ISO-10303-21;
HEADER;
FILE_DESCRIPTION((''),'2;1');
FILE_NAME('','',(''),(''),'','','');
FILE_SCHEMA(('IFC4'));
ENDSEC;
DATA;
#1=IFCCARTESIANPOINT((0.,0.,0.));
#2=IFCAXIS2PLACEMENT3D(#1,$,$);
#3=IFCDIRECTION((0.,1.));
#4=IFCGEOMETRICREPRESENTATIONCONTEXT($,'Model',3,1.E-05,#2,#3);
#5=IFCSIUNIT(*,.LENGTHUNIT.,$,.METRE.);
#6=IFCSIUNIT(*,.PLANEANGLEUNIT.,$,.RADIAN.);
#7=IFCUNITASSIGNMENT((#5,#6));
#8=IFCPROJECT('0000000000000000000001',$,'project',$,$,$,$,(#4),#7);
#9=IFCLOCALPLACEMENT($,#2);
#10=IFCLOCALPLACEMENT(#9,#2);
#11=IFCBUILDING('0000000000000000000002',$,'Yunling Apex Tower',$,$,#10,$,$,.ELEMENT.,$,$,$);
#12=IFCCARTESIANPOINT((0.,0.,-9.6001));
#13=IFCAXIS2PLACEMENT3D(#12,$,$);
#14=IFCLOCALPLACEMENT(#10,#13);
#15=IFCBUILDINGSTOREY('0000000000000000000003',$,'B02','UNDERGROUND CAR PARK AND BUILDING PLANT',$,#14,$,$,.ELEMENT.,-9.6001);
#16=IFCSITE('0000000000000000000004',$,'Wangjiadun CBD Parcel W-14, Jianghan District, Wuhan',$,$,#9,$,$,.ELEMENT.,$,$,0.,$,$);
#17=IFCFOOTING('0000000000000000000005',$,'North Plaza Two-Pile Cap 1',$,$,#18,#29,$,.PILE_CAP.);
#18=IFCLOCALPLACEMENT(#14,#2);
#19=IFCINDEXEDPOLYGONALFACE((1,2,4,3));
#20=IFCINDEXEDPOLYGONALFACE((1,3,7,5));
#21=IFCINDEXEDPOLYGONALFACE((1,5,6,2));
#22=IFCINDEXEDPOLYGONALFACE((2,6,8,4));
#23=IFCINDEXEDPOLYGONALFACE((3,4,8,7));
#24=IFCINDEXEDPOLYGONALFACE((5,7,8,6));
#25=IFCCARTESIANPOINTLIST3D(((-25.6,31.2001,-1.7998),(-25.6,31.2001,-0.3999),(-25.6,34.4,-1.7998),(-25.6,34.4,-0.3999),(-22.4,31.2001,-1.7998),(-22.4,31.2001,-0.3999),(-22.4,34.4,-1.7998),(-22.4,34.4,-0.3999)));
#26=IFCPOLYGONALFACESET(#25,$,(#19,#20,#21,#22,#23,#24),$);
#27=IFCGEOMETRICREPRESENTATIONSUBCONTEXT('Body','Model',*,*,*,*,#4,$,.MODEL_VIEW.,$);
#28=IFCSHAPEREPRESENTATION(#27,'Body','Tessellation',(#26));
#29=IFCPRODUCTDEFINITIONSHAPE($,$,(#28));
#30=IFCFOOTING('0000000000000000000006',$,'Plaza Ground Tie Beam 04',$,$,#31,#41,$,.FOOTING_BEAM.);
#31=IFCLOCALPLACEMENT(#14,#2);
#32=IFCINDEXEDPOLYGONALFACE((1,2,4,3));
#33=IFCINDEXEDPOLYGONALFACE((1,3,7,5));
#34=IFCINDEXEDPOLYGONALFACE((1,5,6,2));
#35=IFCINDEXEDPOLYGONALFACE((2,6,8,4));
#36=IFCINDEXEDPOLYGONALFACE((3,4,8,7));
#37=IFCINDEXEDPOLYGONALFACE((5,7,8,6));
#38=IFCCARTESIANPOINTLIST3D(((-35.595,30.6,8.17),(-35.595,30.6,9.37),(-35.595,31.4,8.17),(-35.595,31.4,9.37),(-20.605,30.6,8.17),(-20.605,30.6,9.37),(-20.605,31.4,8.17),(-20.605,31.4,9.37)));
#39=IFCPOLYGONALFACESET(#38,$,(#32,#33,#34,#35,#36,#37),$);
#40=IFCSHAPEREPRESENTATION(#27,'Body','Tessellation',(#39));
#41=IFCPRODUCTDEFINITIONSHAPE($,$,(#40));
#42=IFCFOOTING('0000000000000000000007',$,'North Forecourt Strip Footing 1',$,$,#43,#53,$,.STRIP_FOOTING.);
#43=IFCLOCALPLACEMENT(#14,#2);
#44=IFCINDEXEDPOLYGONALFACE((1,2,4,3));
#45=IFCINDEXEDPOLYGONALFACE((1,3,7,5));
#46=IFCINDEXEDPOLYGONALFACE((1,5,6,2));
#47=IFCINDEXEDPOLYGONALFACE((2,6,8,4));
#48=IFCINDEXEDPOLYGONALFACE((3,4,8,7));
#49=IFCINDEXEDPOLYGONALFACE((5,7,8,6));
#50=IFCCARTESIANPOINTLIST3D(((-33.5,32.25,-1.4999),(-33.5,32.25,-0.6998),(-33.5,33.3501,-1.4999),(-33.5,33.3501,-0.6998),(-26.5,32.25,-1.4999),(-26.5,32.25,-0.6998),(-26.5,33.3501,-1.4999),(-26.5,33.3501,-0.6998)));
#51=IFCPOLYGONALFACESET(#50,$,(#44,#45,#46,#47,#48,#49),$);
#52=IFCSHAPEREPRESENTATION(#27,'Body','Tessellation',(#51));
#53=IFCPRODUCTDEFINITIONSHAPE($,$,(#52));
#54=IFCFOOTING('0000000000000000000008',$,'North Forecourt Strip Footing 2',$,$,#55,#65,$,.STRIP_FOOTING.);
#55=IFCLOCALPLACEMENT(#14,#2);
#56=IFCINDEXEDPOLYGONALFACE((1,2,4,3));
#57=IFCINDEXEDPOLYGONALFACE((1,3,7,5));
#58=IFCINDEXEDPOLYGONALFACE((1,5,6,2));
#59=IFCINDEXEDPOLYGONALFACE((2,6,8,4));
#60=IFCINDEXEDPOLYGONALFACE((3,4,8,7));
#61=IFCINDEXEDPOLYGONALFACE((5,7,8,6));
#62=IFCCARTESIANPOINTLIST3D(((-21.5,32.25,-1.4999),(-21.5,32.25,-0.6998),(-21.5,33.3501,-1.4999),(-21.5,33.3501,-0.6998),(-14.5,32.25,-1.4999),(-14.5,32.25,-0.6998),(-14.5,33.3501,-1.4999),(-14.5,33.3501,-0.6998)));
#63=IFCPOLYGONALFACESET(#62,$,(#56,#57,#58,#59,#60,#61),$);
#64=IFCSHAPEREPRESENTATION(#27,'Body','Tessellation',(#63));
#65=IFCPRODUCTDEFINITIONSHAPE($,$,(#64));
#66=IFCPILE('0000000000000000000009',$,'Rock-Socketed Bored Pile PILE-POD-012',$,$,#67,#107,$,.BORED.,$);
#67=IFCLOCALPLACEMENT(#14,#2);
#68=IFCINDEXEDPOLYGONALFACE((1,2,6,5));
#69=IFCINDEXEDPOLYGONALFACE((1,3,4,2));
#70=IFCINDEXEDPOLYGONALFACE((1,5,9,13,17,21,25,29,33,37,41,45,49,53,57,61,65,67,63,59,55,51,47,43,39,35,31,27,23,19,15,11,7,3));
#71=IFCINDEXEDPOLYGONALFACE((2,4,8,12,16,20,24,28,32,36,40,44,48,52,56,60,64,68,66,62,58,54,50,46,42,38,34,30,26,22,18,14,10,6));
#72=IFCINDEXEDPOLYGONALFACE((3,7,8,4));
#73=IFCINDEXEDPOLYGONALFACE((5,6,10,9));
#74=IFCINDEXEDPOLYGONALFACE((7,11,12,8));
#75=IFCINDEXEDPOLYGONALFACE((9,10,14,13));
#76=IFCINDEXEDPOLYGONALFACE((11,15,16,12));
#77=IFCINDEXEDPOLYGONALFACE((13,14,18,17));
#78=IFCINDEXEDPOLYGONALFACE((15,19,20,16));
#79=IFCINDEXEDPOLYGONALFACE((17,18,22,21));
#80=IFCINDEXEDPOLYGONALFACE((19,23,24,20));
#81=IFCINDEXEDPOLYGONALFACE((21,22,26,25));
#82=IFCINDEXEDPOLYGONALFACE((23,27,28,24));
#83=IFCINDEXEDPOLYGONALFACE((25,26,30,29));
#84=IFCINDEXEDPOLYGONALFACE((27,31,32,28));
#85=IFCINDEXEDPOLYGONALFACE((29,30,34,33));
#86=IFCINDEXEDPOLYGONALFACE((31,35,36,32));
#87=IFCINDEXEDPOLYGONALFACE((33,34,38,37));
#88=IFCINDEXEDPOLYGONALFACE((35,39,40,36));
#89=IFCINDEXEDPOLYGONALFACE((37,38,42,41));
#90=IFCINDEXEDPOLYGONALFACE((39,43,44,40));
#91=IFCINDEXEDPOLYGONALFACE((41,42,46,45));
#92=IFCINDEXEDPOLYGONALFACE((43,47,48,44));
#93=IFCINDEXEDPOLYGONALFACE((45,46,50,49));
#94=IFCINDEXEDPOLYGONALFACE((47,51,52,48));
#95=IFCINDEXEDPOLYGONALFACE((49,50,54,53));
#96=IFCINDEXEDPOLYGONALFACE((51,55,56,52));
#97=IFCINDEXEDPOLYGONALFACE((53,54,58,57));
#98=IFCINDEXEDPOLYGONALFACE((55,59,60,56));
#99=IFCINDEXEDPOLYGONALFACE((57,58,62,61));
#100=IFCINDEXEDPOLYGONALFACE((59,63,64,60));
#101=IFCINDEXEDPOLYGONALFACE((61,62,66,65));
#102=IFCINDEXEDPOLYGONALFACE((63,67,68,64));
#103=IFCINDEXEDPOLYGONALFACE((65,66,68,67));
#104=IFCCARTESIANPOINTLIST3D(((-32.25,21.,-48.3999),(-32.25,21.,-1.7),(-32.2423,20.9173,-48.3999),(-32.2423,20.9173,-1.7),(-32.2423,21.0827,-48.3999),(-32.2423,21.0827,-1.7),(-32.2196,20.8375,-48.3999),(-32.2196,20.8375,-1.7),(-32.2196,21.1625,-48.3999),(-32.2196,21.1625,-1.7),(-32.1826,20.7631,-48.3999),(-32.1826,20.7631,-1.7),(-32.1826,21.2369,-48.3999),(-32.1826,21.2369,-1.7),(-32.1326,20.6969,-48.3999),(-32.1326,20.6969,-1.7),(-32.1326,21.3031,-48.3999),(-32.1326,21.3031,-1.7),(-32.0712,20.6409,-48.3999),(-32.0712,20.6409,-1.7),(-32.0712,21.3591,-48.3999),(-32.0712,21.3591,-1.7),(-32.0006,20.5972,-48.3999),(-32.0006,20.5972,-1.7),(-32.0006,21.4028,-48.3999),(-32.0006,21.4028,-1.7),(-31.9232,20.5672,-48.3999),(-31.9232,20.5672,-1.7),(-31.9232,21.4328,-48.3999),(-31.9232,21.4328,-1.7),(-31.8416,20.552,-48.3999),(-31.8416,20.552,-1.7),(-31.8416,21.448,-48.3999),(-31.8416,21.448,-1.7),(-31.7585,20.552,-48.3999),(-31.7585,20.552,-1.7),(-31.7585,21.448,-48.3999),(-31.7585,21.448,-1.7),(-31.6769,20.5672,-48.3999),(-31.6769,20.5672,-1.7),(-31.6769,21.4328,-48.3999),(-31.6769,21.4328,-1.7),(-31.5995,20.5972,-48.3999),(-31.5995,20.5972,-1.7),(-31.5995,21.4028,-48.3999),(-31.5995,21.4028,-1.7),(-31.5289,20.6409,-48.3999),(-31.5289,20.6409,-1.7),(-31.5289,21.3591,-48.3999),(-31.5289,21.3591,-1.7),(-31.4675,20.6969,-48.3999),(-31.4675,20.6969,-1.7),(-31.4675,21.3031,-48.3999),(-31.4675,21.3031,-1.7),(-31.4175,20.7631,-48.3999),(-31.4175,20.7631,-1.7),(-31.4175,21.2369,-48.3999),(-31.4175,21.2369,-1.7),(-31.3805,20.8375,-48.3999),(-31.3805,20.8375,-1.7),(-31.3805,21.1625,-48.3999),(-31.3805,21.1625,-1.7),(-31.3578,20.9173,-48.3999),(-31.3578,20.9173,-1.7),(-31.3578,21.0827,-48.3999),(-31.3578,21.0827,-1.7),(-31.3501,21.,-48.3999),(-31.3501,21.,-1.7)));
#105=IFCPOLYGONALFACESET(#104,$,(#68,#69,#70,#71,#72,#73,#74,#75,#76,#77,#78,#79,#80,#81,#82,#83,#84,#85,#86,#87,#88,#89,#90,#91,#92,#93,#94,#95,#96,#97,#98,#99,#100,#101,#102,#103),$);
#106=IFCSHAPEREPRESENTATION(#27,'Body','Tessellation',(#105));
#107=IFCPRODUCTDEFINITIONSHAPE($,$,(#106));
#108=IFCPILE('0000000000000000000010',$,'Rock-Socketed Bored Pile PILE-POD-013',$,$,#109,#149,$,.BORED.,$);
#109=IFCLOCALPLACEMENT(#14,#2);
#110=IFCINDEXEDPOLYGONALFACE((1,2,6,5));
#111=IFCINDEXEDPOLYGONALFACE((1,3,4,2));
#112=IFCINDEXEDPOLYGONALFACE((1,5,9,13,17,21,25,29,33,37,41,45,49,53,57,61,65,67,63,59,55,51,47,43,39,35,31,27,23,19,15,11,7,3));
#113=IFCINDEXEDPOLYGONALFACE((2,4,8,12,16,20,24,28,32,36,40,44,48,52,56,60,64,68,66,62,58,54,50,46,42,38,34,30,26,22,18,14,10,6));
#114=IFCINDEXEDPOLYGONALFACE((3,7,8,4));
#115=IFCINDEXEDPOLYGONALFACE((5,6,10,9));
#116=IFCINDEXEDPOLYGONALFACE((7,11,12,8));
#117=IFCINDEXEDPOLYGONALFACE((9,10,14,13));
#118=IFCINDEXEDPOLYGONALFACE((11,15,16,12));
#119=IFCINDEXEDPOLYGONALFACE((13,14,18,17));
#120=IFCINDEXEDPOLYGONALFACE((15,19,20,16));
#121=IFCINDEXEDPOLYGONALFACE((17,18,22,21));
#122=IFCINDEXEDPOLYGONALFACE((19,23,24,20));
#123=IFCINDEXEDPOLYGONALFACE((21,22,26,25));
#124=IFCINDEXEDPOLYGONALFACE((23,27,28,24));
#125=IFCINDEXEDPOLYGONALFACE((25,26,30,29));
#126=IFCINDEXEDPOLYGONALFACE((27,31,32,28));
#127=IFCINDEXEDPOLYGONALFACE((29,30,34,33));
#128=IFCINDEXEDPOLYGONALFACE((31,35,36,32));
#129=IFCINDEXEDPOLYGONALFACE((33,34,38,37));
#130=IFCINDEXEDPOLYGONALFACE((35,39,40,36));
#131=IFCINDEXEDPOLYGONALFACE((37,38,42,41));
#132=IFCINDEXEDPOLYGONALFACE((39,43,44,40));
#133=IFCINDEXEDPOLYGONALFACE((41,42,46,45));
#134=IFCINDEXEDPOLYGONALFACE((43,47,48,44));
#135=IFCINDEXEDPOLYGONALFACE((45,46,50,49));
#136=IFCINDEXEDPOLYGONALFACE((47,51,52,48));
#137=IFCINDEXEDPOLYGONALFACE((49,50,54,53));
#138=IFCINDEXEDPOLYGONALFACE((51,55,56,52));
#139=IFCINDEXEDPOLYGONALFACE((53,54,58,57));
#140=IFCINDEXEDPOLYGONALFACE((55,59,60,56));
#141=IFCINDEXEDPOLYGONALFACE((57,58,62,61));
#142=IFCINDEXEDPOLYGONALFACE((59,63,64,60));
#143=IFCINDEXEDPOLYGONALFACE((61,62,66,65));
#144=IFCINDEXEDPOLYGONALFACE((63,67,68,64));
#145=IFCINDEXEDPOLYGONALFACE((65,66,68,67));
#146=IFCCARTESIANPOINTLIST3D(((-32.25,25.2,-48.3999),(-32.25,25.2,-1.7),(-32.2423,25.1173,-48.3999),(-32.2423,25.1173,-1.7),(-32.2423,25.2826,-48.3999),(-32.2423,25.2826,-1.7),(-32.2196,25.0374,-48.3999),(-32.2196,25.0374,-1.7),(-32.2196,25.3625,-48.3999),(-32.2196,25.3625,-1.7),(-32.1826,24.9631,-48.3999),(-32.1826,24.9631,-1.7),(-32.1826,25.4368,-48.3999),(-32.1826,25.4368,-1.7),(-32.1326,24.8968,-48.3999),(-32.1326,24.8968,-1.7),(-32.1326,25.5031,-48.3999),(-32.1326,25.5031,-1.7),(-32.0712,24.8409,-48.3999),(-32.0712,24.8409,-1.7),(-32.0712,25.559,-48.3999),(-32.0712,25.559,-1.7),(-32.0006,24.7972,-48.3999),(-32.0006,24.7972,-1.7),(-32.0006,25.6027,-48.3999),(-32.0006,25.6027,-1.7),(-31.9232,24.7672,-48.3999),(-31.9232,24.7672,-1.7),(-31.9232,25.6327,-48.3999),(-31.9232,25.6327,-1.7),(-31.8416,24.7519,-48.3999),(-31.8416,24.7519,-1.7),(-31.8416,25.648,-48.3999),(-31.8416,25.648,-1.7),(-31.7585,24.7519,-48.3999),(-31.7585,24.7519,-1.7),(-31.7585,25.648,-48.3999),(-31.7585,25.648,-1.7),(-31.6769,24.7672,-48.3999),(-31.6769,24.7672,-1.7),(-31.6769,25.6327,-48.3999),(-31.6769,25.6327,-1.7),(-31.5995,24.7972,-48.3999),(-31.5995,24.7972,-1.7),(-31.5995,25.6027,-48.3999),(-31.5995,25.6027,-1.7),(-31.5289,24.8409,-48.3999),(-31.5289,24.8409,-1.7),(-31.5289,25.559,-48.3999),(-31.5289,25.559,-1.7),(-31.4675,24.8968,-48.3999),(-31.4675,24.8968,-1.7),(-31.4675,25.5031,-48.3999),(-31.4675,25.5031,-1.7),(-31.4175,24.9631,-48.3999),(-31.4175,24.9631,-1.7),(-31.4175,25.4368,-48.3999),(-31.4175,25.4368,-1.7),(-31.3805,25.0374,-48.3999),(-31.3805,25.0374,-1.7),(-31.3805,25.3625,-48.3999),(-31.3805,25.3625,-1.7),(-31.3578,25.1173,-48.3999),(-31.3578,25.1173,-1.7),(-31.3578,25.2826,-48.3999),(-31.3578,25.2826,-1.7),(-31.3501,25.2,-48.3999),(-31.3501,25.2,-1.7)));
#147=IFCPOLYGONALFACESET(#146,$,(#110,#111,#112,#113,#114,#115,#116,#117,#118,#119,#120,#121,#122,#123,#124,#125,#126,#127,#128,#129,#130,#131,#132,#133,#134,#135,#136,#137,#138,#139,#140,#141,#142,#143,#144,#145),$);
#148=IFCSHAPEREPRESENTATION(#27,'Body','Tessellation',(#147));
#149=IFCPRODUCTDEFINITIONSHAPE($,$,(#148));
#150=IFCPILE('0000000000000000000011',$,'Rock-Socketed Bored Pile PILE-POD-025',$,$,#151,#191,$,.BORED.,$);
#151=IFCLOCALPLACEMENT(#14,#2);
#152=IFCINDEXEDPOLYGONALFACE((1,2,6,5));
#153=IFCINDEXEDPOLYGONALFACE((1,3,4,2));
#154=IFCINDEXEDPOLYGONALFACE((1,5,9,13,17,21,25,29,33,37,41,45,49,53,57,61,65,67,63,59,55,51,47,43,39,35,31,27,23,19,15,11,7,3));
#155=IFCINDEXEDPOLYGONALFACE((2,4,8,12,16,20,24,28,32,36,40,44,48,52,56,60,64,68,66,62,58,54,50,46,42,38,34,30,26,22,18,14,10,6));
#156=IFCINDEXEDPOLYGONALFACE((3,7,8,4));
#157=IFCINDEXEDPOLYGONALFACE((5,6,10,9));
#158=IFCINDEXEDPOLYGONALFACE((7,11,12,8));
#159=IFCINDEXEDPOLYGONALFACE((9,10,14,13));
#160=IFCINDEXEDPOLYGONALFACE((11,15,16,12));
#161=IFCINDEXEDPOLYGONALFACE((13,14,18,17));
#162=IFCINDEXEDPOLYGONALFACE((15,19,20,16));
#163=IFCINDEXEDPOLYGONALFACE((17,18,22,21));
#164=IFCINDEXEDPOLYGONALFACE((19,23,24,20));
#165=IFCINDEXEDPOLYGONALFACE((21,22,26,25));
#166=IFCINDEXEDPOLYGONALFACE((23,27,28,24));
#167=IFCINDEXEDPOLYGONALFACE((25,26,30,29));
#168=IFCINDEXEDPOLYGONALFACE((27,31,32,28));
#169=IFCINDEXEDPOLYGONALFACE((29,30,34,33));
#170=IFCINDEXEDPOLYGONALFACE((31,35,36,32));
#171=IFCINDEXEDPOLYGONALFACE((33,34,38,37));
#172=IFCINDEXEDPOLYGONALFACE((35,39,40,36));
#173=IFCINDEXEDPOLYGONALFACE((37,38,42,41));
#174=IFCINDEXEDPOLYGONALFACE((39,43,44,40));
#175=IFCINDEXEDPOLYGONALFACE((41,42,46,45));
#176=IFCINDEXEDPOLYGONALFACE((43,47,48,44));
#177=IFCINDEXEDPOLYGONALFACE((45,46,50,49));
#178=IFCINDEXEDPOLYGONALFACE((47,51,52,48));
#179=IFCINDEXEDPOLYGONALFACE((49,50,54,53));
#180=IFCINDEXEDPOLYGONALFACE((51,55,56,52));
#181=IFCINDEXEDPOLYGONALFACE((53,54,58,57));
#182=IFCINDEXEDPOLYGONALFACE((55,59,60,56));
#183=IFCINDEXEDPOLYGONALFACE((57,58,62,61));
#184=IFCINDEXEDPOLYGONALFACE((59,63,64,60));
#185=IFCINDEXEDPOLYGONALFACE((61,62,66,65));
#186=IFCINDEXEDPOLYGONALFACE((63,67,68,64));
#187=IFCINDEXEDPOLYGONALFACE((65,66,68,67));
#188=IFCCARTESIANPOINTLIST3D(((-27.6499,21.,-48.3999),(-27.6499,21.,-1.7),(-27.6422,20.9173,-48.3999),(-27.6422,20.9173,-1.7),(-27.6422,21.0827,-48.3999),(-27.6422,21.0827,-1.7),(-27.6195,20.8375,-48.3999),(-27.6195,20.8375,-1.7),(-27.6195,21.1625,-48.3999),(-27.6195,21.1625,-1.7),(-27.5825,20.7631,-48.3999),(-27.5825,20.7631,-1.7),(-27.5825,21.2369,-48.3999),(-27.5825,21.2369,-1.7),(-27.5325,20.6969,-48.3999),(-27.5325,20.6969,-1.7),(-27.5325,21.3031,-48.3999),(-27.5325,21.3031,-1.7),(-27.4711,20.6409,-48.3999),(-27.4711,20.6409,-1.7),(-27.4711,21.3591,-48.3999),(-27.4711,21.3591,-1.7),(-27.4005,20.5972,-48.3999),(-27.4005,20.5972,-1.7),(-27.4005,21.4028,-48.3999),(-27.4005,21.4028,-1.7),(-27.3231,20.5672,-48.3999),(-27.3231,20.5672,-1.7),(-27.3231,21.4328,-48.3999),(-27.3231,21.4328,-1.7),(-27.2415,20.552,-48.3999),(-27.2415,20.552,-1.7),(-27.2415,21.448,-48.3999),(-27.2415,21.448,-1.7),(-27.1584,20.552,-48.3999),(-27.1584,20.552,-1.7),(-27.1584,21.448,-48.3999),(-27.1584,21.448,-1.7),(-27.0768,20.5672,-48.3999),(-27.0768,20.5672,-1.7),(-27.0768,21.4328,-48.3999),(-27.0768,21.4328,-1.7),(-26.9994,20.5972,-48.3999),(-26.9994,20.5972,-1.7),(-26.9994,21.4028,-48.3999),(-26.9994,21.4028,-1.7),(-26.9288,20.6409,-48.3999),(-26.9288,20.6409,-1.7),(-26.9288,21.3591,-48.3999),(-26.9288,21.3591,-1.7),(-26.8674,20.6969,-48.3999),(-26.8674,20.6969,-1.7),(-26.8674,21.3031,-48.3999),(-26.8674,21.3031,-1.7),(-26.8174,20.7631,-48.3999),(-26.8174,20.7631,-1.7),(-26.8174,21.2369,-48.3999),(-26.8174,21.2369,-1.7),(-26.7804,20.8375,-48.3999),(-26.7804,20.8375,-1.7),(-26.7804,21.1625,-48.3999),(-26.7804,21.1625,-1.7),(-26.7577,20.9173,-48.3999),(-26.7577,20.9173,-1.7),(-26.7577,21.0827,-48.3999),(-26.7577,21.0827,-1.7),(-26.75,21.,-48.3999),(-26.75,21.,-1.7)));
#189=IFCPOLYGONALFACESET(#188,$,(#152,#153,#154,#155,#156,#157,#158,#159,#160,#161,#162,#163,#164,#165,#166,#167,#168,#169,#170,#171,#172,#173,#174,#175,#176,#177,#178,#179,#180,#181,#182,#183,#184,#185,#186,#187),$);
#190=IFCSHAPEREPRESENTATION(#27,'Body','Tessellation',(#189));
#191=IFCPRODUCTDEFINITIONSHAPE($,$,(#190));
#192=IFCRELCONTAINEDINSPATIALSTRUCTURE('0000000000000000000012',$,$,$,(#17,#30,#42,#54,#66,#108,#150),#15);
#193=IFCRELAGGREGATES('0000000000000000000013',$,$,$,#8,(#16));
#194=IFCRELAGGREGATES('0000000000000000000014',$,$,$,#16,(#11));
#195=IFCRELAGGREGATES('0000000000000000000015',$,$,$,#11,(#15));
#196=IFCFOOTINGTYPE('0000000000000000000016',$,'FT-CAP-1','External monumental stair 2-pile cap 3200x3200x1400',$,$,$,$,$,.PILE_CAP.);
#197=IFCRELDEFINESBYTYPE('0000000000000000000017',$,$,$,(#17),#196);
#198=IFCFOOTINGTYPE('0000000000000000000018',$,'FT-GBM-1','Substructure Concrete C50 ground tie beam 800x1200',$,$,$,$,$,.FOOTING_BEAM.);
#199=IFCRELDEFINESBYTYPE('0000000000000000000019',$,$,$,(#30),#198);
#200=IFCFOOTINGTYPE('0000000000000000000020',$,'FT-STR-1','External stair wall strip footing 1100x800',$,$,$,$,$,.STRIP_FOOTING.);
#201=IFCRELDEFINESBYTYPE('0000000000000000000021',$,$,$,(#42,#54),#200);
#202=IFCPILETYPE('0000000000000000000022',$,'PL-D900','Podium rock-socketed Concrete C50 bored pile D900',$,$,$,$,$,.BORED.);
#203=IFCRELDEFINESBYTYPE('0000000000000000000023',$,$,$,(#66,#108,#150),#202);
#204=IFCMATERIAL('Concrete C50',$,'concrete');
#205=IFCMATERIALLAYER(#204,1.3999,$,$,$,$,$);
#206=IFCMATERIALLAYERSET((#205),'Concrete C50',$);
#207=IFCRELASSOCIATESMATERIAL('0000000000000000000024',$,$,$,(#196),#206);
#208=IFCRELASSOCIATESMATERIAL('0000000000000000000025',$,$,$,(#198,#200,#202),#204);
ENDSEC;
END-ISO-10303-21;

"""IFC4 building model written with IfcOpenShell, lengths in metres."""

from ifc_helpers import new_model, si_unit, direction, frame, origin, origin_2d, place, context, subcontext, project, spatial, rectangle, circle, extrude, source, transform, mapped, material, layer, layer_set, material_profile, profile_set, type_object, element, save


model = new_model("IFC4")

# Units and contexts
model_context = context("Model", 3, precision=1e-05, world=origin(), true_north=direction((0.0, 1.0)))
body_context = subcontext(model_context, "Body", "Model", "MODEL_VIEW")
ifc_project = project(units=[si_unit("LENGTHUNIT", "METRE"), si_unit("PLANEANGLEUNIT", "RADIAN")], contexts=[model_context])

# Site, building, storey
site_placement = place(None, origin())
site = spatial("IfcSite", under=ifc_project, at=site_placement, Name="Wangjiadun CBD Parcel W-14, Jianghan District, Wuhan", CompositionType="ELEMENT", RefElevation=0.0)
building_placement = place(site_placement, origin())
building = spatial("IfcBuilding", under=site, at=building_placement, Name="Yunling Apex Tower", CompositionType="ELEMENT")
storey_placement = place(building_placement, frame((0.0, 0.0, -9.6001)))
storey = spatial("IfcBuildingStorey", under=building, at=storey_placement, Name="B02", Description="UNDERGROUND CAR PARK AND BUILDING PLANT", CompositionType="ELEMENT", Elevation=-9.6001)

# Footings
ifc_material_1 = material(Name="Concrete C50", Category="concrete")
ifc_layer_1 = layer(ifc_material_1, 1.3999)
ifc_layer_set_1 = layer_set([ifc_layer_1], Name="Concrete C50")
footing_type_1 = type_object("IfcFootingType", Name="FT-CAP-1", Description="External monumental stair 2-pile cap 3200x3200x1400", PredefinedType="PILE_CAP", material=ifc_layer_set_1)
shared_shape_1 = source(origin(), body_context, "Body", "SweptSolid", [
    extrude(rectangle(XDim=3.2, YDim=3.2, at=origin_2d()), origin(), (0.0, 0.0, 1.0), 1.3999),
])
footing_1_placement = place(storey_placement, frame((-24.0, 32.8, -1.7998), z_axis=(0.0, 0.0, 1.0), x_axis=(1.0, 0.0, 0.0)))
element("IfcFooting", 1, at=footing_1_placement, inside=storey, type_object=footing_type_1, Name="North Plaza Two-Pile Cap 1", PredefinedType="PILE_CAP", context=body_context, shape_type="MappedRepresentation", body=[
    mapped(shared_shape_1, transform((0.0, 0.0, 0.0), scale=1.0)),
])
ifc_material_profile_1 = material_profile(ifc_material_1, rectangle(XDim=0.8, YDim=1.2, at=origin_2d()))
ifc_profile_set_1 = profile_set([ifc_material_profile_1], Name="Concrete C50")
footing_type_2 = type_object("IfcFootingType", Name="FT-GBM-1", Description="Substructure Concrete C50 ground tie beam 800x1200", PredefinedType="FOOTING_BEAM", material=ifc_profile_set_1)
shared_shape_2 = source(origin(), body_context, "Body", "SweptSolid", [
    extrude(rectangle(XDim=0.8, YDim=1.2, at=origin_2d()), origin(), (0.0, 0.0, 1.0), 14.99),
])
footing_2_placement = place(storey_placement, frame((-35.595, 31.0, 8.77), z_axis=(1.0, 0.0, 0.0), x_axis=(0.0, 1.0, 0.0)))
element("IfcFooting", 2, at=footing_2_placement, inside=storey, type_object=footing_type_2, Name="Plaza Ground Tie Beam 04", PredefinedType="FOOTING_BEAM", context=body_context, shape_type="MappedRepresentation", body=[
    mapped(shared_shape_2, transform((0.0, 0.0, 0.0), scale=1.0)),
])
ifc_material_profile_2 = material_profile(ifc_material_1, rectangle(XDim=1.1001, YDim=0.8, at=origin_2d()))
ifc_profile_set_2 = profile_set([ifc_material_profile_2], Name="Concrete C50")
footing_type_3 = type_object("IfcFootingType", Name="FT-STR-1", Description="External stair wall strip footing 1100x800", PredefinedType="STRIP_FOOTING", material=ifc_profile_set_2)
shared_shape_3 = source(origin(), body_context, "Body", "SweptSolid", [
    extrude(rectangle(XDim=1.1001, YDim=0.8, at=origin_2d()), origin(), (0.0, 0.0, 1.0), 7.0),
])
for number, where, z_axis, x_axis, name in (
    (3, (-33.5, 32.8, -1.0999), (1.0, 0.0, 0.0), (0.0, 1.0, 0.0), "North Forecourt Strip Footing 1"),
    (4, (-21.5, 32.8, -1.0999), (1.0, 0.0, 0.0), (0.0, 1.0, 0.0), "North Forecourt Strip Footing 2"),
):
    element("IfcFooting", number, at=place(storey_placement, frame(where, z_axis=z_axis, x_axis=x_axis)), inside=storey, type_object=footing_type_3, Name=name, PredefinedType="STRIP_FOOTING", context=body_context, shape_type="MappedRepresentation", body=[
        mapped(shared_shape_3, transform((0.0, 0.0, 0.0), scale=1.0)),
    ])

# Piles
ifc_material_profile_3 = material_profile(ifc_material_1, circle(Radius=0.45, at=origin_2d()))
ifc_profile_set_3 = profile_set([ifc_material_profile_3], Name="Concrete C50")
pile_type_1 = type_object("IfcPileType", Name="PL-D900", Description="Podium rock-socketed Concrete C50 bored pile D900", PredefinedType="BORED", material=ifc_profile_set_3)
shared_shape_4 = source(origin(), body_context, "Body", "SweptSolid", [
    extrude(circle(Radius=0.45, at=origin_2d()), origin(), (0.0, 0.0, 1.0), 46.7),
])
for number, where, z_axis, x_axis, name in (
    (5, (-31.8, 21.0, -1.7), (0.0, 0.0, -1.0), (1.0, 0.0, 0.0), "Rock-Socketed Bored Pile PILE-POD-012"),
    (6, (-31.8, 25.2, -1.7), (0.0, 0.0, -1.0), (1.0, 0.0, 0.0), "Rock-Socketed Bored Pile PILE-POD-013"),
    (7, (-27.2, 21.0, -1.7), (0.0, 0.0, -1.0), (1.0, 0.0, 0.0), "Rock-Socketed Bored Pile PILE-POD-025"),
):
    element("IfcPile", number, at=place(storey_placement, frame(where, z_axis=z_axis, x_axis=x_axis)), inside=storey, type_object=pile_type_1, Name=name, PredefinedType="BORED", context=body_context, shape_type="MappedRepresentation", body=[
        mapped(shared_shape_4, transform((0.0, 0.0, 0.0), scale=1.0)),
    ])

save(model, "model.ifc")
